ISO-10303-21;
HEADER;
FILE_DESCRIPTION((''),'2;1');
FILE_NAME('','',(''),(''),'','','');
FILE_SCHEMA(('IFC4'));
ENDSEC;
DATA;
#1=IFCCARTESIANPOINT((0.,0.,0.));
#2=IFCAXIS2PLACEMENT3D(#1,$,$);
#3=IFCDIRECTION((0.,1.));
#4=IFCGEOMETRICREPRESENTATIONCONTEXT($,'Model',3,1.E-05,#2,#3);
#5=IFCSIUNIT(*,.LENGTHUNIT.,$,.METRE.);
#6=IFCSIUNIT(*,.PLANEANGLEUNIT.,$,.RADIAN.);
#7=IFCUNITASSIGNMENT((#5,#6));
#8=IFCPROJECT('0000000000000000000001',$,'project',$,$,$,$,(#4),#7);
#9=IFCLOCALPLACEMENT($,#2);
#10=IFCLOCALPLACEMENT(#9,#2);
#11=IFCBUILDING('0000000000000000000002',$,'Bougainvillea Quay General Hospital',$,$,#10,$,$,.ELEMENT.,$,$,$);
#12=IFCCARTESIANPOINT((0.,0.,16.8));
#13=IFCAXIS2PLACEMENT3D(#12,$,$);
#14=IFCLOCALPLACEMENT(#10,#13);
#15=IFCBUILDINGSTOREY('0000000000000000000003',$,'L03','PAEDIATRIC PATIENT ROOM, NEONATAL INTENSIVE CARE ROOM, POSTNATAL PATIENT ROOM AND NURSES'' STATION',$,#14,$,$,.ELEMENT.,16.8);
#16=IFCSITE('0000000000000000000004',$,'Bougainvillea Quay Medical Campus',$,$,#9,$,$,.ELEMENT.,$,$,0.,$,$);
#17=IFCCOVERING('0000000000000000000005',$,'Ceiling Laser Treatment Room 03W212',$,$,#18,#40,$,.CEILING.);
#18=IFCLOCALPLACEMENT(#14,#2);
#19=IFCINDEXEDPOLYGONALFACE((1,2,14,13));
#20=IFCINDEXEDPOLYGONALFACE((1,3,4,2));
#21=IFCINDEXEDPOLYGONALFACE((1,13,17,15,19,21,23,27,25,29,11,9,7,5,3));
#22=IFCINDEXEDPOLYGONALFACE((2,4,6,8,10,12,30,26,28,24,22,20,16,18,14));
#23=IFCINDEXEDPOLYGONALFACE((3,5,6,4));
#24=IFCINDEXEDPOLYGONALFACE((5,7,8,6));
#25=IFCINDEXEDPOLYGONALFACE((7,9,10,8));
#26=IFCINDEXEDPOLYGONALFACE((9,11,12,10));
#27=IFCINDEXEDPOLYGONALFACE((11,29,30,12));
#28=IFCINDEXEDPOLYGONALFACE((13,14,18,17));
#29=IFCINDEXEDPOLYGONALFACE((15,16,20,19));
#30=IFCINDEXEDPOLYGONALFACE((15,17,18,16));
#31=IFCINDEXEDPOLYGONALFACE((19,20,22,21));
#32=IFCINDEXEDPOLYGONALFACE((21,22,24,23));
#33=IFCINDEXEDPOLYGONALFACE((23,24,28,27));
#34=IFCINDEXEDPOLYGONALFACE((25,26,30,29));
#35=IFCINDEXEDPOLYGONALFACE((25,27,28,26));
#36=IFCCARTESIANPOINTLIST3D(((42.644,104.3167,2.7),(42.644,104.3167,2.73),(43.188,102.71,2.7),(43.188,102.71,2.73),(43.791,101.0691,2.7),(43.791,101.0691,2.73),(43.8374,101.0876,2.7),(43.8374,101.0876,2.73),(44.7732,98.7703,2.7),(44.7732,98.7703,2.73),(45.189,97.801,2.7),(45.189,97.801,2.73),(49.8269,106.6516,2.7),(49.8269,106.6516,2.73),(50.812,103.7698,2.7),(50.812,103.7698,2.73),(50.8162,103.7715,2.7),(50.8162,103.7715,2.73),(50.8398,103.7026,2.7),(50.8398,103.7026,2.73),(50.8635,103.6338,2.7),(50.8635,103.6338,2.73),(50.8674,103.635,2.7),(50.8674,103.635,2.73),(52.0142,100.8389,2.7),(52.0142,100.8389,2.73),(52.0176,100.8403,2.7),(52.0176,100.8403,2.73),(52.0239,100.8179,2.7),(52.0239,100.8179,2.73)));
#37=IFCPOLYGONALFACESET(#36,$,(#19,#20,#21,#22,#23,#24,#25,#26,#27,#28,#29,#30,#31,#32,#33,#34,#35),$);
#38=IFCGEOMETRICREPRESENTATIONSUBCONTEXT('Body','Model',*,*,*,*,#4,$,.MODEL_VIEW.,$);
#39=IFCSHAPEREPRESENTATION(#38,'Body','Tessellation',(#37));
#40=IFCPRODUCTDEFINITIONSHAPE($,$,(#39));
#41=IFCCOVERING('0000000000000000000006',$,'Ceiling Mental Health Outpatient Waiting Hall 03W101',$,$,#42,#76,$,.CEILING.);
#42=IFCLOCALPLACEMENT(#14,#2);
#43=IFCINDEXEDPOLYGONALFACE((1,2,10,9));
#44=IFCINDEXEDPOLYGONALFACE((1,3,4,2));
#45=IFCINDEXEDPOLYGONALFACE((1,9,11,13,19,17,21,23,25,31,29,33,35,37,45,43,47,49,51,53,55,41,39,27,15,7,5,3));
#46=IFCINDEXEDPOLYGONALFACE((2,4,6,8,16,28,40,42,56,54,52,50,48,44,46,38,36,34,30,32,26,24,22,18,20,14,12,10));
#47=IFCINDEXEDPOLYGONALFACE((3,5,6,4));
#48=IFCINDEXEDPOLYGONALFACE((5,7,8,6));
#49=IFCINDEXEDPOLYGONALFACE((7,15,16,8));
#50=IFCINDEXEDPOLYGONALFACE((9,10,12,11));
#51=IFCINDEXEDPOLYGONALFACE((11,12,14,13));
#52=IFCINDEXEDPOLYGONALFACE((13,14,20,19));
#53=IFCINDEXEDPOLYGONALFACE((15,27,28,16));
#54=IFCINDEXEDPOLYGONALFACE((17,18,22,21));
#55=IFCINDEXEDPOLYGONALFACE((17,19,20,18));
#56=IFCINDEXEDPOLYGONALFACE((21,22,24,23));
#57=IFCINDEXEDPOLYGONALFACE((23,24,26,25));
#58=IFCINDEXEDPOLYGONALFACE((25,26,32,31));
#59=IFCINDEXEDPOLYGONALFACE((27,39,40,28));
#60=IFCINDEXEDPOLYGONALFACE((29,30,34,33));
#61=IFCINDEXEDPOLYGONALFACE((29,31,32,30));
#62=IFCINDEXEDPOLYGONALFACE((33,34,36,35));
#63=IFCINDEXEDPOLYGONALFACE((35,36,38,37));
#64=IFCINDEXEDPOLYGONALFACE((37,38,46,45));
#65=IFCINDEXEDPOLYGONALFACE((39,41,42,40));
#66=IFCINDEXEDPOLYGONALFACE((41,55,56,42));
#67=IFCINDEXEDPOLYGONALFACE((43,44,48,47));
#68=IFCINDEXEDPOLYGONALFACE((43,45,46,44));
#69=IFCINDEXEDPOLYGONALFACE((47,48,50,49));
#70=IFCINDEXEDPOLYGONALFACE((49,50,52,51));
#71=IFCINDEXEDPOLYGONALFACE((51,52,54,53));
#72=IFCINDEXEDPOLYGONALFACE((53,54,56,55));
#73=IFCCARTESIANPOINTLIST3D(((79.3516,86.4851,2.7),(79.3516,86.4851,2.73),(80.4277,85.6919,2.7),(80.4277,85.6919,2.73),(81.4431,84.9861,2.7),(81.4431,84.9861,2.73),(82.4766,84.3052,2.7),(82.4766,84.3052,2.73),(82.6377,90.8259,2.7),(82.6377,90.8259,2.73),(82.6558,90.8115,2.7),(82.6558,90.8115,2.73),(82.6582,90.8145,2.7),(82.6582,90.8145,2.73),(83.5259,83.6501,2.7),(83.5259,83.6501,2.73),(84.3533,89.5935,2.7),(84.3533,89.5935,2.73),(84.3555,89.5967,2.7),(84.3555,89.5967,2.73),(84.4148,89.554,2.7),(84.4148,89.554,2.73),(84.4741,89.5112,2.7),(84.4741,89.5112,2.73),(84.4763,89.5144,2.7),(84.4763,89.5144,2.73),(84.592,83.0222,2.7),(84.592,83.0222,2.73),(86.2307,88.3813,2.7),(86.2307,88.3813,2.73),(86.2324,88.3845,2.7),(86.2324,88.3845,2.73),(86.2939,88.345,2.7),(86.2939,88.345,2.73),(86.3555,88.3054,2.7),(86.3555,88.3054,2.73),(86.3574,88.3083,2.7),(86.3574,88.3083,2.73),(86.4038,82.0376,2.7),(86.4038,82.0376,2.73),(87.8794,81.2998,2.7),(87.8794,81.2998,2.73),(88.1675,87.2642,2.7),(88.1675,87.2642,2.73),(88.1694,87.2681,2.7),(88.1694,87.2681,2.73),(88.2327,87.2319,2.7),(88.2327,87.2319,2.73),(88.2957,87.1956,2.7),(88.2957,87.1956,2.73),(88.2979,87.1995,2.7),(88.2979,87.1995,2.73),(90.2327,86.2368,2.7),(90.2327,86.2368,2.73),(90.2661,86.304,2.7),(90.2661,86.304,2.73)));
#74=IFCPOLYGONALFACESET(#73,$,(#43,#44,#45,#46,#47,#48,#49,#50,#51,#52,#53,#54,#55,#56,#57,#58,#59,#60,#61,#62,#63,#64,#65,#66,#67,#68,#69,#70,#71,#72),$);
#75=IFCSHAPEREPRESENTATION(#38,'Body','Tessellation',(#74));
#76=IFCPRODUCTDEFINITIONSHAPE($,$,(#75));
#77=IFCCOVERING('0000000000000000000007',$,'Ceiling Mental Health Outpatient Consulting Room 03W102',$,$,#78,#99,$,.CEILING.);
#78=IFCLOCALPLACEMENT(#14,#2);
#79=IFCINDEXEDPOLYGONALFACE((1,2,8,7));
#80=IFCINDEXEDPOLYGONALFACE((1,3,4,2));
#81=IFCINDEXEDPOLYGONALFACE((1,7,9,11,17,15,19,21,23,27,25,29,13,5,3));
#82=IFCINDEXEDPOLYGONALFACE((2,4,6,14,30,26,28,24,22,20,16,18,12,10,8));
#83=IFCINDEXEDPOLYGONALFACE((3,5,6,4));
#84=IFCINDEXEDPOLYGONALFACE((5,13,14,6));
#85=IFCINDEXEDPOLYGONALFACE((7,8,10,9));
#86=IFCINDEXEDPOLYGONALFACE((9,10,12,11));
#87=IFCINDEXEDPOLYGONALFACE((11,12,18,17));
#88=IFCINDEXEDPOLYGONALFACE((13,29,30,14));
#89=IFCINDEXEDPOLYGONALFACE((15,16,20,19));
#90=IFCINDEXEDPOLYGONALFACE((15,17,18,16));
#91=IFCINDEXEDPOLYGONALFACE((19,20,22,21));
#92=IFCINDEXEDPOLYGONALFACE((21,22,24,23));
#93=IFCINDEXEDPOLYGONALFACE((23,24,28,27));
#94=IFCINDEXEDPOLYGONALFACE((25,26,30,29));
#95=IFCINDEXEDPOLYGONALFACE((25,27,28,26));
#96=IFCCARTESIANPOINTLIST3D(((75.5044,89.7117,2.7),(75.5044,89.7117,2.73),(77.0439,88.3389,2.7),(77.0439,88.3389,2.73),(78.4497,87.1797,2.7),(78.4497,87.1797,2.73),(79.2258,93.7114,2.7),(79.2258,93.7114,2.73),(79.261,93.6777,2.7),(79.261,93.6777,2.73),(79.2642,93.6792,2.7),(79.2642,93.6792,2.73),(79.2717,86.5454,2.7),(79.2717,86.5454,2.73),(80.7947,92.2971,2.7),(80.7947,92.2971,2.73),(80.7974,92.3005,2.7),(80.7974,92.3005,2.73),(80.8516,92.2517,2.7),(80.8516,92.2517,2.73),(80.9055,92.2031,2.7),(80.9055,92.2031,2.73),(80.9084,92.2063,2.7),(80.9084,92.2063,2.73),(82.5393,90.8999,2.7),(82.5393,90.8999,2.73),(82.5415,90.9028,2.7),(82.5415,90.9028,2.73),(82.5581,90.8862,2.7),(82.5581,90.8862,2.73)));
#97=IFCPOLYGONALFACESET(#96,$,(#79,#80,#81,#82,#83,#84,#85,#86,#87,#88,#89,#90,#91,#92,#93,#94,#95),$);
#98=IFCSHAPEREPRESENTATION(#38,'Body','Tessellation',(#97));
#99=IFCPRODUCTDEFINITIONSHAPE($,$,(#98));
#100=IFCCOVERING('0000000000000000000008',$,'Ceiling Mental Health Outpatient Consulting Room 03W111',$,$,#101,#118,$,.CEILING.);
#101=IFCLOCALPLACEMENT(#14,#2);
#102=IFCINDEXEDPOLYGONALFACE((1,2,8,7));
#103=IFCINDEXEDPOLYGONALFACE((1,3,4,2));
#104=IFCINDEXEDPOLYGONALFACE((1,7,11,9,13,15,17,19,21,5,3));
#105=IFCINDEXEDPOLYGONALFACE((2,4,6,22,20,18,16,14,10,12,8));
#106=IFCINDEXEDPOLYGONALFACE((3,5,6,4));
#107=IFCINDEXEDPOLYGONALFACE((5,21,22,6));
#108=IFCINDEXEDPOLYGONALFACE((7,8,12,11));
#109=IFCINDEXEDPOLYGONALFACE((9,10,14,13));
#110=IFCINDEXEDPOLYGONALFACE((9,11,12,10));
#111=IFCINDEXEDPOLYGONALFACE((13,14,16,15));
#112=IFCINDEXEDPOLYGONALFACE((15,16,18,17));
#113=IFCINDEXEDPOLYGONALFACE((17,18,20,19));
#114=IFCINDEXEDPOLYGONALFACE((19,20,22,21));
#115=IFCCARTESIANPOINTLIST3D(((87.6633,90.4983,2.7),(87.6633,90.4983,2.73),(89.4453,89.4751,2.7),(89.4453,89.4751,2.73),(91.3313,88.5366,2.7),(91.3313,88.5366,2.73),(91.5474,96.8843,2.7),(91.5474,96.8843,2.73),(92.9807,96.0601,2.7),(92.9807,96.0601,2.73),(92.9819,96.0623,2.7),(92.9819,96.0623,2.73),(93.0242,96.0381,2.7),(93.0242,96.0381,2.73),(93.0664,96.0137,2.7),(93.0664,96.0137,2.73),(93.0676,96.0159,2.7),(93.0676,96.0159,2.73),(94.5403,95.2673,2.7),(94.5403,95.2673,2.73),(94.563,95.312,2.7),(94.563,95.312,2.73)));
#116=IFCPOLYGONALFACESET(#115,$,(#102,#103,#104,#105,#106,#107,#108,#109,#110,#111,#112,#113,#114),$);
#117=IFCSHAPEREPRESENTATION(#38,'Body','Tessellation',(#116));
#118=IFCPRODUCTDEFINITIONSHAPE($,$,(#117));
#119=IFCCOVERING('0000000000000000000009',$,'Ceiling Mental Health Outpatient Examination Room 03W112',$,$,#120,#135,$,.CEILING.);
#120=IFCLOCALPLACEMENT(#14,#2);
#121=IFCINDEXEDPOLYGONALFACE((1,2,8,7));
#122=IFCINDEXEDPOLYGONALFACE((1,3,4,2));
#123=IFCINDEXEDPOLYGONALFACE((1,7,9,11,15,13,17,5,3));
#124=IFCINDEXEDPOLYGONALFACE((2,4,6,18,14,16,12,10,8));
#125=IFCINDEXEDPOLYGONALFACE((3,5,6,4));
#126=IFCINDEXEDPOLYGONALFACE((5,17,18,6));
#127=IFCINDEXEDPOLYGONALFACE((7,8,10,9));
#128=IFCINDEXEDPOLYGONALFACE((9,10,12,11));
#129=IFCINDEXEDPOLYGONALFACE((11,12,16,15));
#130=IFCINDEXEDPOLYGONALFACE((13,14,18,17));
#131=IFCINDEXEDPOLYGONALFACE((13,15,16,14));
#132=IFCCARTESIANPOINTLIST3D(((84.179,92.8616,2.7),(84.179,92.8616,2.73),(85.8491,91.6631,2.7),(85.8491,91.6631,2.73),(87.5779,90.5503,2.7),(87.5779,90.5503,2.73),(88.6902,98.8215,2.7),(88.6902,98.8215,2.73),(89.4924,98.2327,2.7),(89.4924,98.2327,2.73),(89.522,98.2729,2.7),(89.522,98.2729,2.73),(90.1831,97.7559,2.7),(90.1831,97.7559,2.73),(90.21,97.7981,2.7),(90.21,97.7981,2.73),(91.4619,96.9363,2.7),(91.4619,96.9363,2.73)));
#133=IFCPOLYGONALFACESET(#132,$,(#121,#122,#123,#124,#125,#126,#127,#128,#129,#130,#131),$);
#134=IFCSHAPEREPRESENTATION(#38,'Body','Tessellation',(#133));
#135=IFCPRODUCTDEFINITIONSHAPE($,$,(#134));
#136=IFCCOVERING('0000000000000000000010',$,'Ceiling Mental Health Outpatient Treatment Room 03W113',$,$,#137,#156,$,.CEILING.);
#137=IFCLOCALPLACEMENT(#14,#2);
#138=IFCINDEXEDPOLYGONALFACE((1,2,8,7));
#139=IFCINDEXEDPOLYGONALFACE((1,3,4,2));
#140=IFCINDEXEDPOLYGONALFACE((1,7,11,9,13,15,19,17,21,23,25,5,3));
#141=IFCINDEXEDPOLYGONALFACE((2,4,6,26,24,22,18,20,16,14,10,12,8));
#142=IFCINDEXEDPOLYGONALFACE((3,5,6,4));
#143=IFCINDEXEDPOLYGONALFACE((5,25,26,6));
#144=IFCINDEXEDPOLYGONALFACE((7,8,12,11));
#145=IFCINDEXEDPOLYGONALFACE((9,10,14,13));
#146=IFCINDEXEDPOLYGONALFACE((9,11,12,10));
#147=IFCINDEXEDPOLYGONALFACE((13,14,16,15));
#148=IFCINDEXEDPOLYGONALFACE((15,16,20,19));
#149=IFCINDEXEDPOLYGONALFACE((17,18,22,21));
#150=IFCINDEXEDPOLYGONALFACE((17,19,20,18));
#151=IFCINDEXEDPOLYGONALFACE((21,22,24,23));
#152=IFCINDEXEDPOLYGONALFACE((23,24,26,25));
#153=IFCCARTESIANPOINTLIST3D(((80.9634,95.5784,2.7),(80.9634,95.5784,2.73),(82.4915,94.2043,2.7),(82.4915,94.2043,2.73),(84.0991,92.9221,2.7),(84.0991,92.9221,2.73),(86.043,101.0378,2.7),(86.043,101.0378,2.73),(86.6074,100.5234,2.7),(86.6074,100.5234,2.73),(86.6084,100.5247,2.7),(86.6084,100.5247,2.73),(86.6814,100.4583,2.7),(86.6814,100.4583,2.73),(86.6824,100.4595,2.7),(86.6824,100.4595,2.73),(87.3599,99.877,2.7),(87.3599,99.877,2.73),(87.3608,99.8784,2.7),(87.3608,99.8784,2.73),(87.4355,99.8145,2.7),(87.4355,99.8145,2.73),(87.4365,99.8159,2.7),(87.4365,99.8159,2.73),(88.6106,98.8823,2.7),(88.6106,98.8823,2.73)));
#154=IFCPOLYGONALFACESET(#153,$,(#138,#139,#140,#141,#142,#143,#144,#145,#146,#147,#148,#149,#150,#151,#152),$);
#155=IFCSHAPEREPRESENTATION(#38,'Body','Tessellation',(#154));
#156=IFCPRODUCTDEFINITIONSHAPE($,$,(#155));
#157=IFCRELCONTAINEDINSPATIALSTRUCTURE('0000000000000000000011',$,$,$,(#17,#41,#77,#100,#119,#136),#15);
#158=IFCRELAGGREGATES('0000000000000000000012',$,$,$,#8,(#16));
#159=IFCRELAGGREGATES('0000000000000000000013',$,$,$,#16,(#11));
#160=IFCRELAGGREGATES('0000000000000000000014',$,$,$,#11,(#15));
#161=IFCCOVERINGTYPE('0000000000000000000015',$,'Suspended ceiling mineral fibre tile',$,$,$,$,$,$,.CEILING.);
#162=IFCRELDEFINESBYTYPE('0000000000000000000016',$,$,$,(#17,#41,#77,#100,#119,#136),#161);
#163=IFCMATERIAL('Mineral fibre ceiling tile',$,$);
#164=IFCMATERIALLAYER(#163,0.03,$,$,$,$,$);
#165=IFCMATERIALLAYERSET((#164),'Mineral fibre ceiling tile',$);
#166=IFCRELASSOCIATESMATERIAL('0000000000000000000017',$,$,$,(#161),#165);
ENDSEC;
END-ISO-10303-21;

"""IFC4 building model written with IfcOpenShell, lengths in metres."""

from ifc_helpers import new_model, si_unit, direction, frame, origin, place, context, subcontext, project, spatial, polyline, outline, extrude, material, layer, layer_set, type_object, element, save


model = new_model("IFC4")

# Units and contexts
model_context = context("Model", 3, precision=1e-05, world=origin(), true_north=direction((0.0, 1.0)))
body_context = subcontext(model_context, "Body", "Model", "MODEL_VIEW")
ifc_project = project(units=[si_unit("LENGTHUNIT", "METRE"), si_unit("PLANEANGLEUNIT", "RADIAN")], contexts=[model_context])

# Site, building, storey
site_placement = place(None, origin())
site = spatial("IfcSite", under=ifc_project, at=site_placement, Name="Bougainvillea Quay Medical Campus", CompositionType="ELEMENT", RefElevation=0.0)
building_placement = place(site_placement, origin())
building = spatial("IfcBuilding", under=site, at=building_placement, Name="Bougainvillea Quay General Hospital", CompositionType="ELEMENT")
storey_placement = place(building_placement, frame((0.0, 0.0, 16.8)))
storey = spatial("IfcBuildingStorey", under=building, at=storey_placement, Name="L03", Description="PAEDIATRIC PATIENT ROOM, NEONATAL INTENSIVE CARE ROOM, POSTNATAL PATIENT ROOM AND NURSES' STATION", CompositionType="ELEMENT", Elevation=16.8)

# Coverings
ifc_material = material(Name="Mineral fibre ceiling tile")
ifc_layer = layer(ifc_material, 0.03)
ifc_layer_set = layer_set([ifc_layer], Name="Mineral fibre ceiling tile")
covering_type = type_object("IfcCoveringType", Name="Suspended ceiling mineral fibre tile", PredefinedType="CEILING", material=ifc_layer_set)
covering_1_placement = place(storey_placement, frame((0.0, 0.0, 2.7)))
element("IfcCovering", 1, at=covering_1_placement, inside=storey, type_object=covering_type, Name="Ceiling Laser Treatment Room 03W212", PredefinedType="CEILING", context=body_context, shape_type="SweptSolid", body=[
    extrude(outline(polyline([(43.791, 101.0691), (43.8374, 101.0876), (44.7732, 98.7703), (45.189, 97.801), (52.0239, 100.8179), (52.0142, 100.8389), (52.0176, 100.8403), (50.8674, 103.635), (50.8635, 103.6338), (50.8398, 103.7026), (50.812, 103.7698), (50.8162, 103.7715), (49.8269, 106.6516), (42.644, 104.3167), (43.188, 102.71), (43.791, 101.0691)])), origin(), (0.0, 0.0, 1.0), 0.03),
])
covering_2_placement = place(storey_placement, frame((0.0, 0.0, 2.7)))
element("IfcCovering", 2, at=covering_2_placement, inside=storey, type_object=covering_type, Name="Ceiling Mental Health Outpatient Waiting Hall 03W101", PredefinedType="CEILING", context=body_context, shape_type="SweptSolid", body=[
    extrude(outline(polyline([(90.2661, 86.304), (90.2327, 86.2368), (88.2979, 87.1995), (88.2957, 87.1956), (88.2327, 87.2319), (88.1675, 87.2642), (88.1694, 87.2681), (86.3574, 88.3083), (86.3555, 88.3054), (86.2939, 88.345), (86.2307, 88.3813), (86.2324, 88.3845), (84.4763, 89.5144), (84.4741, 89.5112), (84.4148, 89.554), (84.3533, 89.5935), (84.3555, 89.5967), (82.6582, 90.8145), (82.6558, 90.8115), (82.6377, 90.8259), (79.3516, 86.4851), (80.4277, 85.6919), (81.4431, 84.9861), (82.4766, 84.3052), (83.5259, 83.6501), (84.592, 83.0222), (86.4038, 82.0376), (87.8794, 81.2998), (90.2661, 86.304)])), origin(), (0.0, 0.0, 1.0), 0.03),
])
covering_3_placement = place(storey_placement, frame((0.0, 0.0, 2.7)))
element("IfcCovering", 3, at=covering_3_placement, inside=storey, type_object=covering_type, Name="Ceiling Mental Health Outpatient Consulting Room 03W102", PredefinedType="CEILING", context=body_context, shape_type="SweptSolid", body=[
    extrude(outline(polyline([(80.7974, 92.3005), (79.2642, 93.6792), (79.261, 93.6777), (79.2258, 93.7114), (75.5044, 89.7117), (77.0439, 88.3389), (78.4497, 87.1797), (79.2717, 86.5454), (82.5581, 90.8862), (82.5393, 90.8999), (82.5415, 90.9028), (80.9084, 92.2063), (80.9055, 92.2031), (80.8516, 92.2517), (80.7947, 92.2971), (80.7974, 92.3005)])), origin(), (0.0, 0.0, 1.0), 0.03),
])
covering_4_placement = place(storey_placement, frame((0.0, 0.0, 2.7)))
element("IfcCovering", 4, at=covering_4_placement, inside=storey, type_object=covering_type, Name="Ceiling Mental Health Outpatient Consulting Room 03W111", PredefinedType="CEILING", context=body_context, shape_type="SweptSolid", body=[
    extrude(outline(polyline([(94.563, 95.312), (94.5403, 95.2673), (93.0676, 96.0159), (93.0664, 96.0137), (93.0242, 96.0381), (92.9807, 96.0601), (92.9819, 96.0623), (91.5474, 96.8843), (87.6633, 90.4983), (89.4453, 89.4751), (91.3313, 88.5366), (94.563, 95.312)])), origin(), (0.0, 0.0, 1.0), 0.03),
])
covering_5_placement = place(storey_placement, frame((0.0, 0.0, 2.7)))
element("IfcCovering", 5, at=covering_5_placement, inside=storey, type_object=covering_type, Name="Ceiling Mental Health Outpatient Examination Room 03W112", PredefinedType="CEILING", context=body_context, shape_type="SweptSolid", body=[
    extrude(outline(polyline([(89.522, 98.2729), (89.4924, 98.2327), (88.6902, 98.8215), (84.179, 92.8616), (85.8491, 91.6631), (87.5779, 90.5503), (91.4619, 96.9363), (90.1831, 97.7559), (90.21, 97.7981), (89.522, 98.2729)])), origin(), (0.0, 0.0, 1.0), 0.03),
])
covering_6_placement = place(storey_placement, frame((0.0, 0.0, 2.7)))
element("IfcCovering", 6, at=covering_6_placement, inside=storey, type_object=covering_type, Name="Ceiling Mental Health Outpatient Treatment Room 03W113", PredefinedType="CEILING", context=body_context, shape_type="SweptSolid", body=[
    extrude(outline(polyline([(87.4365, 99.8159), (87.4355, 99.8145), (87.3599, 99.877), (87.3608, 99.8784), (86.6824, 100.4595), (86.6814, 100.4583), (86.6074, 100.5234), (86.6084, 100.5247), (86.043, 101.0378), (80.9634, 95.5784), (82.4915, 94.2043), (84.0991, 92.9221), (88.6106, 98.8823), (87.4365, 99.8159)])), origin(), (0.0, 0.0, 1.0), 0.03),
])

save(model, "model.ifc")
